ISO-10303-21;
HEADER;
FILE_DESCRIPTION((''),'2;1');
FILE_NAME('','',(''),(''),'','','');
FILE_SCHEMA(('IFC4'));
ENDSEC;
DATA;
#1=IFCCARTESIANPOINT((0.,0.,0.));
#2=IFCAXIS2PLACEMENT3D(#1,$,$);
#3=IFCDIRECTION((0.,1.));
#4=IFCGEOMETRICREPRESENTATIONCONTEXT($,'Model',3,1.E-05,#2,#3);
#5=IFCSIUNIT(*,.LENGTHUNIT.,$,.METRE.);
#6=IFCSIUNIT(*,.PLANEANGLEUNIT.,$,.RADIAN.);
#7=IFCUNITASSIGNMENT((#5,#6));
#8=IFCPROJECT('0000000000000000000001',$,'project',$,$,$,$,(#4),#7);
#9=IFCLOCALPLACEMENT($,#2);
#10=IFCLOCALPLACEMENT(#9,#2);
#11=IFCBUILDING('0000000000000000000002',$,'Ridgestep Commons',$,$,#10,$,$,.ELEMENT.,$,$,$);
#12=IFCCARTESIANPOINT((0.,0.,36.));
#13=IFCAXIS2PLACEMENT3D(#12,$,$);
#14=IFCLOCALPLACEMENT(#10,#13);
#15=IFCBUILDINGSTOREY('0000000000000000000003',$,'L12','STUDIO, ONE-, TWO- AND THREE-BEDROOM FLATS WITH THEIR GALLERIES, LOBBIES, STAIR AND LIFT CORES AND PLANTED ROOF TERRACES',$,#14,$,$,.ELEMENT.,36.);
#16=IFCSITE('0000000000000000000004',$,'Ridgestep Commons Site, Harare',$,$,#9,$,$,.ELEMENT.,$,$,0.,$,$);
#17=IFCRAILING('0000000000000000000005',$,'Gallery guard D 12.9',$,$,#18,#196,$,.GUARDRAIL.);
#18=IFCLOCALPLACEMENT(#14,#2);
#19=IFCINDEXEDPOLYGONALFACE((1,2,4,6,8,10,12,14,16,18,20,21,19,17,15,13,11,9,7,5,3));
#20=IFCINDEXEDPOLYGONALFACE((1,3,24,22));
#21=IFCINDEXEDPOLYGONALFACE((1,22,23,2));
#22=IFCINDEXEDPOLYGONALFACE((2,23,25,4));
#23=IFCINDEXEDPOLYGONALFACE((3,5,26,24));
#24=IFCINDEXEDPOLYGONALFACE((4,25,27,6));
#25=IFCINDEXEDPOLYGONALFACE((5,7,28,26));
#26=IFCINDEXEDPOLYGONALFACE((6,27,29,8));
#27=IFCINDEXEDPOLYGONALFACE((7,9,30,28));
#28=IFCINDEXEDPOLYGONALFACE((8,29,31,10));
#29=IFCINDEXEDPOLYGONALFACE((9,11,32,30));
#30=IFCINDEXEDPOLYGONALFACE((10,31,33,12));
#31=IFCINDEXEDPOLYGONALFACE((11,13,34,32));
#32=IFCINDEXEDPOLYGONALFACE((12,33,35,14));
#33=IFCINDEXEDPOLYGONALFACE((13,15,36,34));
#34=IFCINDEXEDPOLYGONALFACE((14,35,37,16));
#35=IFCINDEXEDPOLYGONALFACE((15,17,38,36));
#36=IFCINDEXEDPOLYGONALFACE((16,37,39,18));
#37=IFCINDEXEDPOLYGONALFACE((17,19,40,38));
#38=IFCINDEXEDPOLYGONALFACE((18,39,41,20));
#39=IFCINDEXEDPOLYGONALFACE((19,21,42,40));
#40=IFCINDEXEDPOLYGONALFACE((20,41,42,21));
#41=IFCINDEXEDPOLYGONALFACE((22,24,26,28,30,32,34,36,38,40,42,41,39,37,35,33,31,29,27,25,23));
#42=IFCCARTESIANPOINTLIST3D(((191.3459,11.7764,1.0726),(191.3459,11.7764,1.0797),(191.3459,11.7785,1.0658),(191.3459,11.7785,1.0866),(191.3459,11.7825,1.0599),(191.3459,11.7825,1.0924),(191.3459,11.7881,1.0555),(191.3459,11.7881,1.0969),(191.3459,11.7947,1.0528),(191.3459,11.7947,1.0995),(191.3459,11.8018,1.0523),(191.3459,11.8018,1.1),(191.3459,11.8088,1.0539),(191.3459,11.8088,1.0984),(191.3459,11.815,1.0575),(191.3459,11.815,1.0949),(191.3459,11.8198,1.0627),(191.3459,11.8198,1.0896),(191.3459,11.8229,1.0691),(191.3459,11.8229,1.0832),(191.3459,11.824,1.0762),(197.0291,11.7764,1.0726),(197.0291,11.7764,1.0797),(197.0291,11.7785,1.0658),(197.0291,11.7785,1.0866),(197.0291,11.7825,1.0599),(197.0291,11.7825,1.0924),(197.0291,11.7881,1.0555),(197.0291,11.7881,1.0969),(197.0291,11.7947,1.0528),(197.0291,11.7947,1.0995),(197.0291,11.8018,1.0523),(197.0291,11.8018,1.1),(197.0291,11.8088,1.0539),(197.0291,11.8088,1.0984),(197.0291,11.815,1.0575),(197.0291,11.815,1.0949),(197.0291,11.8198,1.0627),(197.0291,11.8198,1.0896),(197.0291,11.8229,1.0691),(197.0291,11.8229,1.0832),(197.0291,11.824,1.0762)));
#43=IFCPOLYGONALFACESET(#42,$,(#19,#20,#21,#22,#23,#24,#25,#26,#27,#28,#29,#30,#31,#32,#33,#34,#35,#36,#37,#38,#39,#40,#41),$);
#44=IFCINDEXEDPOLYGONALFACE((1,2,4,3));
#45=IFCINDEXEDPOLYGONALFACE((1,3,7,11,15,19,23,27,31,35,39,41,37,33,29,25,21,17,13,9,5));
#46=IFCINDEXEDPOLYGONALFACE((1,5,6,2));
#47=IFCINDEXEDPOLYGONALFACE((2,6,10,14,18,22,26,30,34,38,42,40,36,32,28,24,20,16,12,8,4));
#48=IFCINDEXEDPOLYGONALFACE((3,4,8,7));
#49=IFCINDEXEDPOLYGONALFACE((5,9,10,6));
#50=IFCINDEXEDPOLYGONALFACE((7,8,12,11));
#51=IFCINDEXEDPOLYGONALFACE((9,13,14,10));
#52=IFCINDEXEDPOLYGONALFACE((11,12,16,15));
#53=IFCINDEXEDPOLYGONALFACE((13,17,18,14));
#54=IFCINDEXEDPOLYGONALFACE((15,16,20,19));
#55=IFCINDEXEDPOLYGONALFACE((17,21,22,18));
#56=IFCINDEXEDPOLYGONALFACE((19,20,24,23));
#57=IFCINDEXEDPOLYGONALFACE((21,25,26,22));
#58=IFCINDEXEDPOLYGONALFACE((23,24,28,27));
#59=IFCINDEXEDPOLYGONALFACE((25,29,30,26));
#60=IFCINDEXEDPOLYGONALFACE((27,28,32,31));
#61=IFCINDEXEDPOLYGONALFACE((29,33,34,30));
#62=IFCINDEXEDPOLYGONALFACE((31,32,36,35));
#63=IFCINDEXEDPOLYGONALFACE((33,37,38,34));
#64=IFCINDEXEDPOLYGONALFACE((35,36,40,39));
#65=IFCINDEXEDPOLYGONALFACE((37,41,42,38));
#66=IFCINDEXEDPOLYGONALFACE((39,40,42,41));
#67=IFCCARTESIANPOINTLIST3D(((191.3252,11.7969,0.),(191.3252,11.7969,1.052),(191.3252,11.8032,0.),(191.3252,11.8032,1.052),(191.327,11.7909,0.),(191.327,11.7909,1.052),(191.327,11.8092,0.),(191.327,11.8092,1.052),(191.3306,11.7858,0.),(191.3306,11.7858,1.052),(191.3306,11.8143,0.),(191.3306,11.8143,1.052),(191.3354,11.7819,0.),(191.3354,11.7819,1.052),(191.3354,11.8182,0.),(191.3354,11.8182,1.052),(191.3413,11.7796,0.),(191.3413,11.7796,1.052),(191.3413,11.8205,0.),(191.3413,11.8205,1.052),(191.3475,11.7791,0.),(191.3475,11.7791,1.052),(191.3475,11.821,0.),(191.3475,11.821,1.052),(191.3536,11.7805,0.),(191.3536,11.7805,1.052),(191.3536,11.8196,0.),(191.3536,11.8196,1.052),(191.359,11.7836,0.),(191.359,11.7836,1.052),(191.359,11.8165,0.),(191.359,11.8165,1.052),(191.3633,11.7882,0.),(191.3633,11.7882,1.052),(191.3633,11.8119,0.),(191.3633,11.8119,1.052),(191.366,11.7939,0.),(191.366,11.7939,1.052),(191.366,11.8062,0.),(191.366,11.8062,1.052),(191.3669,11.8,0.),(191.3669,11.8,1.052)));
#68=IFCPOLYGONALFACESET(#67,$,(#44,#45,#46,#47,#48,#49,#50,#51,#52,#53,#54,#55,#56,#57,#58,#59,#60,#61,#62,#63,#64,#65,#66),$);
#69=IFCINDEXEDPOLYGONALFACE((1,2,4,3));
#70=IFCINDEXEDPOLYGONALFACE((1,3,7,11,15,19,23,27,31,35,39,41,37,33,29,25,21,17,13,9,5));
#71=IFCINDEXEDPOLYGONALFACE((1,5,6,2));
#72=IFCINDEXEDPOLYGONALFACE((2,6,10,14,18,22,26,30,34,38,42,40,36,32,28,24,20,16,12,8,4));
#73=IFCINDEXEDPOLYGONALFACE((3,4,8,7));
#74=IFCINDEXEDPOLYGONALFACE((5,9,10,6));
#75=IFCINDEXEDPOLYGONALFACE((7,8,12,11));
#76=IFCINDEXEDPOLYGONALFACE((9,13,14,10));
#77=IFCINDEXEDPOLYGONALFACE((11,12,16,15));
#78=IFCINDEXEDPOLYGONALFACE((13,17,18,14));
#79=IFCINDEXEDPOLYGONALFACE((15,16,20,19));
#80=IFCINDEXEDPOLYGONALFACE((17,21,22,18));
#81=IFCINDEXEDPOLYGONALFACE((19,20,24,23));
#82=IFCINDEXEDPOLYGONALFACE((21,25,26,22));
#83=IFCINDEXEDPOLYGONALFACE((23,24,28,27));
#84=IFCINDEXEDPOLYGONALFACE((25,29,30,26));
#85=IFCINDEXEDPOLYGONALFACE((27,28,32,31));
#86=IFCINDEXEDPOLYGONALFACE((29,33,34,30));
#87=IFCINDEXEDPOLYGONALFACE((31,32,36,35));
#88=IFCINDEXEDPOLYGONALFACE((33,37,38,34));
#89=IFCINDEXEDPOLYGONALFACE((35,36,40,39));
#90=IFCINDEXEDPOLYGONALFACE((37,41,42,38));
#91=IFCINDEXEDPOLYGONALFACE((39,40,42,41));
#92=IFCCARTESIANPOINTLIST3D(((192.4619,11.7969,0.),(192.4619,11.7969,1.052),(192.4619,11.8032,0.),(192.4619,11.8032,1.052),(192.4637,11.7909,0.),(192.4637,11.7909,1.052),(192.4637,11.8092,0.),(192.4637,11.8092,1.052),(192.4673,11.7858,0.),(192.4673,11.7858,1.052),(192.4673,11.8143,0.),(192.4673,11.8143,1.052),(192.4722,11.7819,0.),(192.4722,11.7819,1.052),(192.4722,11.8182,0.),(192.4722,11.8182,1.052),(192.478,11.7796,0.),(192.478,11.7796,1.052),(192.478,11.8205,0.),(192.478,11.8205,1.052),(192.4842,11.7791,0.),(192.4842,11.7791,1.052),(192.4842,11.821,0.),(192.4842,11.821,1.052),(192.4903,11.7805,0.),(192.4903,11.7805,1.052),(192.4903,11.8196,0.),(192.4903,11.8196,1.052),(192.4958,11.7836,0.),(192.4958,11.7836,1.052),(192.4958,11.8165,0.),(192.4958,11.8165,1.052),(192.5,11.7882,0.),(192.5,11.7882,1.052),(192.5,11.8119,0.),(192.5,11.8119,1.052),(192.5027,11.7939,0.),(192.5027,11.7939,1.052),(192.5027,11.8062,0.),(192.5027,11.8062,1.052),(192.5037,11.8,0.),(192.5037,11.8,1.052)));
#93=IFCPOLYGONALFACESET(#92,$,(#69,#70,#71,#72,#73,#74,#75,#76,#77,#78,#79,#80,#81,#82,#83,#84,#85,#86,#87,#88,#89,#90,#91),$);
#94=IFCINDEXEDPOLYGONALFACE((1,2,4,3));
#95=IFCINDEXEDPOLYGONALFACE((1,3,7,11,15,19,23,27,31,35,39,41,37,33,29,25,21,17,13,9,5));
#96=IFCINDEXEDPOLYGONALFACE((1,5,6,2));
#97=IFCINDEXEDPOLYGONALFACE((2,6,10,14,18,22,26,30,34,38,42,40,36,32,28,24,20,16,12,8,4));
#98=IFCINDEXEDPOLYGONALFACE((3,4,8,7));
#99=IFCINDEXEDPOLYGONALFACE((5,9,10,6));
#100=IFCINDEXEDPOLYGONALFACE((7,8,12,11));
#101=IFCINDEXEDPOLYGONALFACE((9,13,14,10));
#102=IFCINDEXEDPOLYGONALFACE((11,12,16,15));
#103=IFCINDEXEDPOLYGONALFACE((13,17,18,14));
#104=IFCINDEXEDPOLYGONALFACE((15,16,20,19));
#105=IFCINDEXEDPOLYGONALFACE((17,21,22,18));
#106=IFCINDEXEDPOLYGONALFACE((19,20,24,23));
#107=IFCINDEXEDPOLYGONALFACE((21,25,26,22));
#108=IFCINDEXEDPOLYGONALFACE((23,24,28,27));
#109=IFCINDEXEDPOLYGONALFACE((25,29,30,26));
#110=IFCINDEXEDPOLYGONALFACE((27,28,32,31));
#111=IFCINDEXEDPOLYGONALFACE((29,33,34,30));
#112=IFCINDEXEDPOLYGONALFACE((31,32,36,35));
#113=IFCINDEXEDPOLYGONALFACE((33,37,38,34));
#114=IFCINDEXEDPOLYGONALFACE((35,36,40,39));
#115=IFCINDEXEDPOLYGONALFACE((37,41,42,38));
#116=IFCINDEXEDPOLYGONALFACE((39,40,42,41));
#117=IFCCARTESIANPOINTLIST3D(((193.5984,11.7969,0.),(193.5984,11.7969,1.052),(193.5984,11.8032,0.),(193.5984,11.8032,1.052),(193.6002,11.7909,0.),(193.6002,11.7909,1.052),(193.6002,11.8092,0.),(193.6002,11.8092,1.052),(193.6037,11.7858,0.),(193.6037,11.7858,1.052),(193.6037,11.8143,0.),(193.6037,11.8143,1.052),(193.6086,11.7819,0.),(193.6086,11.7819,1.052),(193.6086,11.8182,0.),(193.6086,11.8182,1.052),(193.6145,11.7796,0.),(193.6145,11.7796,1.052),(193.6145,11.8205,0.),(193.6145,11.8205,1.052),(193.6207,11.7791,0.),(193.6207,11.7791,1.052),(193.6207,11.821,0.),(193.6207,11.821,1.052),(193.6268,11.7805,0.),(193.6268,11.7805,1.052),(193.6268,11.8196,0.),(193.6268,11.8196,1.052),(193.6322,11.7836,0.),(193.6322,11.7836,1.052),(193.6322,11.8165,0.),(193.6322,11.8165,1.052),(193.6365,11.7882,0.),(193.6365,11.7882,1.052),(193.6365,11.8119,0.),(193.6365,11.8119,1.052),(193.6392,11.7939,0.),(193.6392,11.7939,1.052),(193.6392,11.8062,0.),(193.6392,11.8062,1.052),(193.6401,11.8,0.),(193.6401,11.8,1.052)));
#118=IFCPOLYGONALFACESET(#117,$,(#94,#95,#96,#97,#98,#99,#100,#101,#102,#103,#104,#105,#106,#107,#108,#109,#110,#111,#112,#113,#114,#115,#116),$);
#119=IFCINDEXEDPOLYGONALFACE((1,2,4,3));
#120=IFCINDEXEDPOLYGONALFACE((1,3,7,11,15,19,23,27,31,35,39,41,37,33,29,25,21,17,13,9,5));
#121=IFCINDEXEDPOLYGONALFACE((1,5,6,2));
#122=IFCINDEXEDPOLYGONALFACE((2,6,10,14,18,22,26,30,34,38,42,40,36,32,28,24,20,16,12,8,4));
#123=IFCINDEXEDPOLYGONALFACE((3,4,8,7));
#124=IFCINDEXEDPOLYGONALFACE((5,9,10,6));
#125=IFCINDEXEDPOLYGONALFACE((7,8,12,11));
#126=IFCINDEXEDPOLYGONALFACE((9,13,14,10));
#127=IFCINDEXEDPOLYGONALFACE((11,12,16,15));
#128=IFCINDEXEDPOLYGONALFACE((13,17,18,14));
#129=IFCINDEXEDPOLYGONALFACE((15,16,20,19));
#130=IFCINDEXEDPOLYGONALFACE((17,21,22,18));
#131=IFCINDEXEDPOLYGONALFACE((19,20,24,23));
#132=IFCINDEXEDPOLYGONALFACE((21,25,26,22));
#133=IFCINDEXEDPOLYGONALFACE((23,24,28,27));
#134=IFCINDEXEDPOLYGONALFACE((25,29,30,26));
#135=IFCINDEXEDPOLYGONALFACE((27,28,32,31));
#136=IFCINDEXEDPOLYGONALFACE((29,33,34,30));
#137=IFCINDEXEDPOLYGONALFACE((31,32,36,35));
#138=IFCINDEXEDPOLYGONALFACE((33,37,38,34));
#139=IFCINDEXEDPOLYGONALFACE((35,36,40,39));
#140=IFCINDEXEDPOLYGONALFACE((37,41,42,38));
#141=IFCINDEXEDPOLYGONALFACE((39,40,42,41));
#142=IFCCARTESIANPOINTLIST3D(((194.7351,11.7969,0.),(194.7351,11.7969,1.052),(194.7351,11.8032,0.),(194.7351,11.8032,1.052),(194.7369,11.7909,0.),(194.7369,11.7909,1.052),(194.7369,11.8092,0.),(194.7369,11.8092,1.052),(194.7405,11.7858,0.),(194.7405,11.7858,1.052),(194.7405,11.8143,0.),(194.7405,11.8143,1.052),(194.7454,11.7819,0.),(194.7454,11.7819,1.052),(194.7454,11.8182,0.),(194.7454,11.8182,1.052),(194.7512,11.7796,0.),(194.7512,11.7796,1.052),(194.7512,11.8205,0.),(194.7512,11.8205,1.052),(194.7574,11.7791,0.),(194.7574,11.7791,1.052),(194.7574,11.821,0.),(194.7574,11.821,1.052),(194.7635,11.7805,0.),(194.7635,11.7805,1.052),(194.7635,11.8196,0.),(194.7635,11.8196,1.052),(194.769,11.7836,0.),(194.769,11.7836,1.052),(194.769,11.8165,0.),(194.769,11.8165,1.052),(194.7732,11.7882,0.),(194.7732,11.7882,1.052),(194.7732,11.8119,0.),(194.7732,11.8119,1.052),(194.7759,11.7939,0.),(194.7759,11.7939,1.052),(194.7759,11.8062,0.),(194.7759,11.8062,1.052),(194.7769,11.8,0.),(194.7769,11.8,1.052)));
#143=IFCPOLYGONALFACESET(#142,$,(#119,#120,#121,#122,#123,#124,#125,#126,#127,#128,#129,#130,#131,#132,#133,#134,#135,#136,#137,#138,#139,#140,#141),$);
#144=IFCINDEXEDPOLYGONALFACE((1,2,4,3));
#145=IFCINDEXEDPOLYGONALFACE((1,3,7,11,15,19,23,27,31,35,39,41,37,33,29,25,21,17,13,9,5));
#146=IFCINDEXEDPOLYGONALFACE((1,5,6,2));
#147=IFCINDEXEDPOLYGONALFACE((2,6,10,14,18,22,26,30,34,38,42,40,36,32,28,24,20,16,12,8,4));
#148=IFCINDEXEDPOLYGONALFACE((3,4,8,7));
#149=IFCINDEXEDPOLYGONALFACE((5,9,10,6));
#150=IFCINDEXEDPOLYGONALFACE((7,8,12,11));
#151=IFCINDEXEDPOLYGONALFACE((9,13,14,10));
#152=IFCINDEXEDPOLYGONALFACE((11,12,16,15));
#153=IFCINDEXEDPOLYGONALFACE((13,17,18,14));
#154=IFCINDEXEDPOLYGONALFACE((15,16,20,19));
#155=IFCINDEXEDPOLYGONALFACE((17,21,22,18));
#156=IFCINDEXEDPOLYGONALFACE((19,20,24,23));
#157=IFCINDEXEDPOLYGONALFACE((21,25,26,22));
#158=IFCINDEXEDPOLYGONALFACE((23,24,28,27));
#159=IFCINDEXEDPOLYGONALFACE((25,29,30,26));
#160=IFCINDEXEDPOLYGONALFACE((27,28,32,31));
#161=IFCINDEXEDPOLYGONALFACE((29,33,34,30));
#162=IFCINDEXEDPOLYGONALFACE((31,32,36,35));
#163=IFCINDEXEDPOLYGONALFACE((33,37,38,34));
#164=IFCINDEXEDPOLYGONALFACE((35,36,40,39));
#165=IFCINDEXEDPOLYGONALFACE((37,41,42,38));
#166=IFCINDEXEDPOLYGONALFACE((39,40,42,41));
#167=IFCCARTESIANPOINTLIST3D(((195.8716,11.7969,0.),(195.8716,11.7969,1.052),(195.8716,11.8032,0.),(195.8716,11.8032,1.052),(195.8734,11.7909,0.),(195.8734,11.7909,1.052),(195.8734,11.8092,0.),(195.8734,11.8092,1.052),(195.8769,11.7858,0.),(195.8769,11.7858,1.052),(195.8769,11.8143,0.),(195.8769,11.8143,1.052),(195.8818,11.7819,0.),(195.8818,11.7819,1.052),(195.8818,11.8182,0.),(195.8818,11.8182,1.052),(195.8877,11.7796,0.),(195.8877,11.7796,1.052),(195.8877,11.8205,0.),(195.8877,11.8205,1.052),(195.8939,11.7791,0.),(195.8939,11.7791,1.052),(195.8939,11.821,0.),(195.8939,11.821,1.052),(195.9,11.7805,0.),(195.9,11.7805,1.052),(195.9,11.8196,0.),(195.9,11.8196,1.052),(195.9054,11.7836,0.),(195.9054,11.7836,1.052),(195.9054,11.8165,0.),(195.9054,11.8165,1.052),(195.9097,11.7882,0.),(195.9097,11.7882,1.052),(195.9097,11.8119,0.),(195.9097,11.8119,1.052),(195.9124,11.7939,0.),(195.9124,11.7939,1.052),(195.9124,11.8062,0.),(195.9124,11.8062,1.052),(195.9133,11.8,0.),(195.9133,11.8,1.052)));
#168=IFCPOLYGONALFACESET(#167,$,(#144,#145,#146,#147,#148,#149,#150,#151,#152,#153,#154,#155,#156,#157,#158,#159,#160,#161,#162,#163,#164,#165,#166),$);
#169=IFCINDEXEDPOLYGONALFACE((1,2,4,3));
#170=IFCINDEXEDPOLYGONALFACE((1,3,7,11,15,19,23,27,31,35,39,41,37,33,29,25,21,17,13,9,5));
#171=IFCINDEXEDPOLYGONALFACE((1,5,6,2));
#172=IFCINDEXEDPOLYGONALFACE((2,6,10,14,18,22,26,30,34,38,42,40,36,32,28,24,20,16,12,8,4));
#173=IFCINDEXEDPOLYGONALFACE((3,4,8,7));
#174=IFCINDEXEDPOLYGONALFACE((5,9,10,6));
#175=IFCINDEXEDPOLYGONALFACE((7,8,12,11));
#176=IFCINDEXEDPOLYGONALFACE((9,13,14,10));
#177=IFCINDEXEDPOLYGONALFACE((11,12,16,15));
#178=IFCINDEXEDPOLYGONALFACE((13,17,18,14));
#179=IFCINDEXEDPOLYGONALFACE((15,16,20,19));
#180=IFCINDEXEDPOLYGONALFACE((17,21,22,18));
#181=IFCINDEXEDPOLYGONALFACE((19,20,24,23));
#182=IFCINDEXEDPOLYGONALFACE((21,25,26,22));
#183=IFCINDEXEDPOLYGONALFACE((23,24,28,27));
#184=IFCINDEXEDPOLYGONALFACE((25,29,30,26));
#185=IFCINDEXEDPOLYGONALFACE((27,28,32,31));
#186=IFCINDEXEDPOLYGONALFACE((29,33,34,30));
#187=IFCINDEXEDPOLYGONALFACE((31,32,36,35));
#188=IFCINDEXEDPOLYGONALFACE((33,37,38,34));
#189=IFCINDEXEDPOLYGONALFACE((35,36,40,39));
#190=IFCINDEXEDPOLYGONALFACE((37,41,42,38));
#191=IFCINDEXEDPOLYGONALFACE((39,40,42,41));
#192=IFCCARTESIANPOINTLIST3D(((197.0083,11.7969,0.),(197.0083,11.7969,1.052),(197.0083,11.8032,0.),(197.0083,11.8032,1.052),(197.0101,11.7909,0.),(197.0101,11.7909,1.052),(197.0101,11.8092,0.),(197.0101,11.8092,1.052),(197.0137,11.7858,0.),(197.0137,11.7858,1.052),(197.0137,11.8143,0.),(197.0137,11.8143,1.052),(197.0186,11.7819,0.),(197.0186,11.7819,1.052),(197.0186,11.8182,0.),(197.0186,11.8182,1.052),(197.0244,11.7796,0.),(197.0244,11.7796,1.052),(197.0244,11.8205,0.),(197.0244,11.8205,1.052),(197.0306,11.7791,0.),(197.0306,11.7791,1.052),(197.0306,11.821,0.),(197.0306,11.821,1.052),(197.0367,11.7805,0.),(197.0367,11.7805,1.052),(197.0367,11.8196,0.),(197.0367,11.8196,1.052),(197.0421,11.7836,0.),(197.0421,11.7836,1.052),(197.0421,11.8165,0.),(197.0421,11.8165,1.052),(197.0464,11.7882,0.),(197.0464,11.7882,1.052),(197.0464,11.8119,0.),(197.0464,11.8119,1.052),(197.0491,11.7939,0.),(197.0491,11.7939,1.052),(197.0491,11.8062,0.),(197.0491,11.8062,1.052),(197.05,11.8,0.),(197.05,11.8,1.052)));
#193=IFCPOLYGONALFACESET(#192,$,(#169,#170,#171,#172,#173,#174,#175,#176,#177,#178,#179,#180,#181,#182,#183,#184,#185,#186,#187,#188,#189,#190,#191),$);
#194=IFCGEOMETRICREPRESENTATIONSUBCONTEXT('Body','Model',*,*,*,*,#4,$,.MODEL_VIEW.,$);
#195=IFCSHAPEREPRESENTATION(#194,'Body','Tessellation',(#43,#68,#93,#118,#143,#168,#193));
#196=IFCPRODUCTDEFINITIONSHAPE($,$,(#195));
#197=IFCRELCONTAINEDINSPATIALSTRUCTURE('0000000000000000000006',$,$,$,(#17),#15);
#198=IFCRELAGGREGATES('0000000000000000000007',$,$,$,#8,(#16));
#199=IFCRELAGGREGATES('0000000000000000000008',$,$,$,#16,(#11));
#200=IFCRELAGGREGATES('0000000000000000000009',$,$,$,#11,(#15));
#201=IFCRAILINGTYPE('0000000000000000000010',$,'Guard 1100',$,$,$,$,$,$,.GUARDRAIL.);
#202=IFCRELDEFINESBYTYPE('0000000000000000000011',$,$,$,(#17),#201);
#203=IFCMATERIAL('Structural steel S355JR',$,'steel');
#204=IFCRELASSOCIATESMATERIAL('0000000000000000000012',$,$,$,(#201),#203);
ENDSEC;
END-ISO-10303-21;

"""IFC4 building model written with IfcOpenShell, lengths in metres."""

from ifc_helpers import new_model, si_unit, direction, frame, origin, origin_2d, place, context, subcontext, project, spatial, circle, extrude, material, type_object, element, save


model = new_model("IFC4")

# Units and contexts
model_context = context("Model", 3, precision=1e-05, world=origin(), true_north=direction((0.0, 1.0)))
body_context = subcontext(model_context, "Body", "Model", "MODEL_VIEW")
ifc_project = project(units=[si_unit("LENGTHUNIT", "METRE"), si_unit("PLANEANGLEUNIT", "RADIAN")], contexts=[model_context])

# Site, building, storey
site_placement = place(None, origin())
site = spatial("IfcSite", under=ifc_project, at=site_placement, Name="Ridgestep Commons Site, Harare", CompositionType="ELEMENT", RefElevation=0.0)
building_placement = place(site_placement, origin())
building = spatial("IfcBuilding", under=site, at=building_placement, Name="Ridgestep Commons", CompositionType="ELEMENT")
storey_placement = place(building_placement, frame((0.0, 0.0, 36.0)))
storey = spatial("IfcBuildingStorey", under=building, at=storey_placement, Name="L12", Description="STUDIO, ONE-, TWO- AND THREE-BEDROOM FLATS WITH THEIR GALLERIES, LOBBIES, STAIR AND LIFT CORES AND PLANTED ROOF TERRACES", CompositionType="ELEMENT", Elevation=36.0)

# Railing
ifc_material_1 = material(Name="Structural steel S355JR", Category="steel")
railing_type_1 = type_object("IfcRailingType", Name="Guard 1100", PredefinedType="GUARDRAIL", material=ifc_material_1)
railing_1_placement = place(storey_placement, frame((191.3459, 11.8, 0.0)))
element("IfcRailing", 1, at=railing_1_placement, inside=storey, type_object=railing_type_1, Name="Gallery guard D 12.9", PredefinedType="GUARDRAIL", context=body_context, shape_type="SweptSolid", body=[
    extrude(circle(Radius=0.0239, at=origin_2d()), frame((0.0, 0.0, 1.0762), z_axis=(1.0, 0.0, 0.0), x_axis=(0.0, 1.0, 0.0)), (0.0, 0.0, 1.0), 5.6831),
    extrude(circle(Radius=0.021, at=origin_2d()), origin(), (0.0, 0.0, 1.0), 1.052),
    extrude(circle(Radius=0.021, at=origin_2d()), frame((1.1367, 0.0, 0.0)), (0.0, 0.0, 1.0), 1.052),
    extrude(circle(Radius=0.021, at=origin_2d()), frame((2.2732, 0.0, 0.0)), (0.0, 0.0, 1.0), 1.052),
    extrude(circle(Radius=0.021, at=origin_2d()), frame((3.4099, 0.0, 0.0)), (0.0, 0.0, 1.0), 1.052),
    extrude(circle(Radius=0.021, at=origin_2d()), frame((4.5464, 0.0, 0.0)), (0.0, 0.0, 1.0), 1.052),
    extrude(circle(Radius=0.021, at=origin_2d()), frame((5.6831, 0.0, 0.0)), (0.0, 0.0, 1.0), 1.052),
])

save(model, "model.ifc")
